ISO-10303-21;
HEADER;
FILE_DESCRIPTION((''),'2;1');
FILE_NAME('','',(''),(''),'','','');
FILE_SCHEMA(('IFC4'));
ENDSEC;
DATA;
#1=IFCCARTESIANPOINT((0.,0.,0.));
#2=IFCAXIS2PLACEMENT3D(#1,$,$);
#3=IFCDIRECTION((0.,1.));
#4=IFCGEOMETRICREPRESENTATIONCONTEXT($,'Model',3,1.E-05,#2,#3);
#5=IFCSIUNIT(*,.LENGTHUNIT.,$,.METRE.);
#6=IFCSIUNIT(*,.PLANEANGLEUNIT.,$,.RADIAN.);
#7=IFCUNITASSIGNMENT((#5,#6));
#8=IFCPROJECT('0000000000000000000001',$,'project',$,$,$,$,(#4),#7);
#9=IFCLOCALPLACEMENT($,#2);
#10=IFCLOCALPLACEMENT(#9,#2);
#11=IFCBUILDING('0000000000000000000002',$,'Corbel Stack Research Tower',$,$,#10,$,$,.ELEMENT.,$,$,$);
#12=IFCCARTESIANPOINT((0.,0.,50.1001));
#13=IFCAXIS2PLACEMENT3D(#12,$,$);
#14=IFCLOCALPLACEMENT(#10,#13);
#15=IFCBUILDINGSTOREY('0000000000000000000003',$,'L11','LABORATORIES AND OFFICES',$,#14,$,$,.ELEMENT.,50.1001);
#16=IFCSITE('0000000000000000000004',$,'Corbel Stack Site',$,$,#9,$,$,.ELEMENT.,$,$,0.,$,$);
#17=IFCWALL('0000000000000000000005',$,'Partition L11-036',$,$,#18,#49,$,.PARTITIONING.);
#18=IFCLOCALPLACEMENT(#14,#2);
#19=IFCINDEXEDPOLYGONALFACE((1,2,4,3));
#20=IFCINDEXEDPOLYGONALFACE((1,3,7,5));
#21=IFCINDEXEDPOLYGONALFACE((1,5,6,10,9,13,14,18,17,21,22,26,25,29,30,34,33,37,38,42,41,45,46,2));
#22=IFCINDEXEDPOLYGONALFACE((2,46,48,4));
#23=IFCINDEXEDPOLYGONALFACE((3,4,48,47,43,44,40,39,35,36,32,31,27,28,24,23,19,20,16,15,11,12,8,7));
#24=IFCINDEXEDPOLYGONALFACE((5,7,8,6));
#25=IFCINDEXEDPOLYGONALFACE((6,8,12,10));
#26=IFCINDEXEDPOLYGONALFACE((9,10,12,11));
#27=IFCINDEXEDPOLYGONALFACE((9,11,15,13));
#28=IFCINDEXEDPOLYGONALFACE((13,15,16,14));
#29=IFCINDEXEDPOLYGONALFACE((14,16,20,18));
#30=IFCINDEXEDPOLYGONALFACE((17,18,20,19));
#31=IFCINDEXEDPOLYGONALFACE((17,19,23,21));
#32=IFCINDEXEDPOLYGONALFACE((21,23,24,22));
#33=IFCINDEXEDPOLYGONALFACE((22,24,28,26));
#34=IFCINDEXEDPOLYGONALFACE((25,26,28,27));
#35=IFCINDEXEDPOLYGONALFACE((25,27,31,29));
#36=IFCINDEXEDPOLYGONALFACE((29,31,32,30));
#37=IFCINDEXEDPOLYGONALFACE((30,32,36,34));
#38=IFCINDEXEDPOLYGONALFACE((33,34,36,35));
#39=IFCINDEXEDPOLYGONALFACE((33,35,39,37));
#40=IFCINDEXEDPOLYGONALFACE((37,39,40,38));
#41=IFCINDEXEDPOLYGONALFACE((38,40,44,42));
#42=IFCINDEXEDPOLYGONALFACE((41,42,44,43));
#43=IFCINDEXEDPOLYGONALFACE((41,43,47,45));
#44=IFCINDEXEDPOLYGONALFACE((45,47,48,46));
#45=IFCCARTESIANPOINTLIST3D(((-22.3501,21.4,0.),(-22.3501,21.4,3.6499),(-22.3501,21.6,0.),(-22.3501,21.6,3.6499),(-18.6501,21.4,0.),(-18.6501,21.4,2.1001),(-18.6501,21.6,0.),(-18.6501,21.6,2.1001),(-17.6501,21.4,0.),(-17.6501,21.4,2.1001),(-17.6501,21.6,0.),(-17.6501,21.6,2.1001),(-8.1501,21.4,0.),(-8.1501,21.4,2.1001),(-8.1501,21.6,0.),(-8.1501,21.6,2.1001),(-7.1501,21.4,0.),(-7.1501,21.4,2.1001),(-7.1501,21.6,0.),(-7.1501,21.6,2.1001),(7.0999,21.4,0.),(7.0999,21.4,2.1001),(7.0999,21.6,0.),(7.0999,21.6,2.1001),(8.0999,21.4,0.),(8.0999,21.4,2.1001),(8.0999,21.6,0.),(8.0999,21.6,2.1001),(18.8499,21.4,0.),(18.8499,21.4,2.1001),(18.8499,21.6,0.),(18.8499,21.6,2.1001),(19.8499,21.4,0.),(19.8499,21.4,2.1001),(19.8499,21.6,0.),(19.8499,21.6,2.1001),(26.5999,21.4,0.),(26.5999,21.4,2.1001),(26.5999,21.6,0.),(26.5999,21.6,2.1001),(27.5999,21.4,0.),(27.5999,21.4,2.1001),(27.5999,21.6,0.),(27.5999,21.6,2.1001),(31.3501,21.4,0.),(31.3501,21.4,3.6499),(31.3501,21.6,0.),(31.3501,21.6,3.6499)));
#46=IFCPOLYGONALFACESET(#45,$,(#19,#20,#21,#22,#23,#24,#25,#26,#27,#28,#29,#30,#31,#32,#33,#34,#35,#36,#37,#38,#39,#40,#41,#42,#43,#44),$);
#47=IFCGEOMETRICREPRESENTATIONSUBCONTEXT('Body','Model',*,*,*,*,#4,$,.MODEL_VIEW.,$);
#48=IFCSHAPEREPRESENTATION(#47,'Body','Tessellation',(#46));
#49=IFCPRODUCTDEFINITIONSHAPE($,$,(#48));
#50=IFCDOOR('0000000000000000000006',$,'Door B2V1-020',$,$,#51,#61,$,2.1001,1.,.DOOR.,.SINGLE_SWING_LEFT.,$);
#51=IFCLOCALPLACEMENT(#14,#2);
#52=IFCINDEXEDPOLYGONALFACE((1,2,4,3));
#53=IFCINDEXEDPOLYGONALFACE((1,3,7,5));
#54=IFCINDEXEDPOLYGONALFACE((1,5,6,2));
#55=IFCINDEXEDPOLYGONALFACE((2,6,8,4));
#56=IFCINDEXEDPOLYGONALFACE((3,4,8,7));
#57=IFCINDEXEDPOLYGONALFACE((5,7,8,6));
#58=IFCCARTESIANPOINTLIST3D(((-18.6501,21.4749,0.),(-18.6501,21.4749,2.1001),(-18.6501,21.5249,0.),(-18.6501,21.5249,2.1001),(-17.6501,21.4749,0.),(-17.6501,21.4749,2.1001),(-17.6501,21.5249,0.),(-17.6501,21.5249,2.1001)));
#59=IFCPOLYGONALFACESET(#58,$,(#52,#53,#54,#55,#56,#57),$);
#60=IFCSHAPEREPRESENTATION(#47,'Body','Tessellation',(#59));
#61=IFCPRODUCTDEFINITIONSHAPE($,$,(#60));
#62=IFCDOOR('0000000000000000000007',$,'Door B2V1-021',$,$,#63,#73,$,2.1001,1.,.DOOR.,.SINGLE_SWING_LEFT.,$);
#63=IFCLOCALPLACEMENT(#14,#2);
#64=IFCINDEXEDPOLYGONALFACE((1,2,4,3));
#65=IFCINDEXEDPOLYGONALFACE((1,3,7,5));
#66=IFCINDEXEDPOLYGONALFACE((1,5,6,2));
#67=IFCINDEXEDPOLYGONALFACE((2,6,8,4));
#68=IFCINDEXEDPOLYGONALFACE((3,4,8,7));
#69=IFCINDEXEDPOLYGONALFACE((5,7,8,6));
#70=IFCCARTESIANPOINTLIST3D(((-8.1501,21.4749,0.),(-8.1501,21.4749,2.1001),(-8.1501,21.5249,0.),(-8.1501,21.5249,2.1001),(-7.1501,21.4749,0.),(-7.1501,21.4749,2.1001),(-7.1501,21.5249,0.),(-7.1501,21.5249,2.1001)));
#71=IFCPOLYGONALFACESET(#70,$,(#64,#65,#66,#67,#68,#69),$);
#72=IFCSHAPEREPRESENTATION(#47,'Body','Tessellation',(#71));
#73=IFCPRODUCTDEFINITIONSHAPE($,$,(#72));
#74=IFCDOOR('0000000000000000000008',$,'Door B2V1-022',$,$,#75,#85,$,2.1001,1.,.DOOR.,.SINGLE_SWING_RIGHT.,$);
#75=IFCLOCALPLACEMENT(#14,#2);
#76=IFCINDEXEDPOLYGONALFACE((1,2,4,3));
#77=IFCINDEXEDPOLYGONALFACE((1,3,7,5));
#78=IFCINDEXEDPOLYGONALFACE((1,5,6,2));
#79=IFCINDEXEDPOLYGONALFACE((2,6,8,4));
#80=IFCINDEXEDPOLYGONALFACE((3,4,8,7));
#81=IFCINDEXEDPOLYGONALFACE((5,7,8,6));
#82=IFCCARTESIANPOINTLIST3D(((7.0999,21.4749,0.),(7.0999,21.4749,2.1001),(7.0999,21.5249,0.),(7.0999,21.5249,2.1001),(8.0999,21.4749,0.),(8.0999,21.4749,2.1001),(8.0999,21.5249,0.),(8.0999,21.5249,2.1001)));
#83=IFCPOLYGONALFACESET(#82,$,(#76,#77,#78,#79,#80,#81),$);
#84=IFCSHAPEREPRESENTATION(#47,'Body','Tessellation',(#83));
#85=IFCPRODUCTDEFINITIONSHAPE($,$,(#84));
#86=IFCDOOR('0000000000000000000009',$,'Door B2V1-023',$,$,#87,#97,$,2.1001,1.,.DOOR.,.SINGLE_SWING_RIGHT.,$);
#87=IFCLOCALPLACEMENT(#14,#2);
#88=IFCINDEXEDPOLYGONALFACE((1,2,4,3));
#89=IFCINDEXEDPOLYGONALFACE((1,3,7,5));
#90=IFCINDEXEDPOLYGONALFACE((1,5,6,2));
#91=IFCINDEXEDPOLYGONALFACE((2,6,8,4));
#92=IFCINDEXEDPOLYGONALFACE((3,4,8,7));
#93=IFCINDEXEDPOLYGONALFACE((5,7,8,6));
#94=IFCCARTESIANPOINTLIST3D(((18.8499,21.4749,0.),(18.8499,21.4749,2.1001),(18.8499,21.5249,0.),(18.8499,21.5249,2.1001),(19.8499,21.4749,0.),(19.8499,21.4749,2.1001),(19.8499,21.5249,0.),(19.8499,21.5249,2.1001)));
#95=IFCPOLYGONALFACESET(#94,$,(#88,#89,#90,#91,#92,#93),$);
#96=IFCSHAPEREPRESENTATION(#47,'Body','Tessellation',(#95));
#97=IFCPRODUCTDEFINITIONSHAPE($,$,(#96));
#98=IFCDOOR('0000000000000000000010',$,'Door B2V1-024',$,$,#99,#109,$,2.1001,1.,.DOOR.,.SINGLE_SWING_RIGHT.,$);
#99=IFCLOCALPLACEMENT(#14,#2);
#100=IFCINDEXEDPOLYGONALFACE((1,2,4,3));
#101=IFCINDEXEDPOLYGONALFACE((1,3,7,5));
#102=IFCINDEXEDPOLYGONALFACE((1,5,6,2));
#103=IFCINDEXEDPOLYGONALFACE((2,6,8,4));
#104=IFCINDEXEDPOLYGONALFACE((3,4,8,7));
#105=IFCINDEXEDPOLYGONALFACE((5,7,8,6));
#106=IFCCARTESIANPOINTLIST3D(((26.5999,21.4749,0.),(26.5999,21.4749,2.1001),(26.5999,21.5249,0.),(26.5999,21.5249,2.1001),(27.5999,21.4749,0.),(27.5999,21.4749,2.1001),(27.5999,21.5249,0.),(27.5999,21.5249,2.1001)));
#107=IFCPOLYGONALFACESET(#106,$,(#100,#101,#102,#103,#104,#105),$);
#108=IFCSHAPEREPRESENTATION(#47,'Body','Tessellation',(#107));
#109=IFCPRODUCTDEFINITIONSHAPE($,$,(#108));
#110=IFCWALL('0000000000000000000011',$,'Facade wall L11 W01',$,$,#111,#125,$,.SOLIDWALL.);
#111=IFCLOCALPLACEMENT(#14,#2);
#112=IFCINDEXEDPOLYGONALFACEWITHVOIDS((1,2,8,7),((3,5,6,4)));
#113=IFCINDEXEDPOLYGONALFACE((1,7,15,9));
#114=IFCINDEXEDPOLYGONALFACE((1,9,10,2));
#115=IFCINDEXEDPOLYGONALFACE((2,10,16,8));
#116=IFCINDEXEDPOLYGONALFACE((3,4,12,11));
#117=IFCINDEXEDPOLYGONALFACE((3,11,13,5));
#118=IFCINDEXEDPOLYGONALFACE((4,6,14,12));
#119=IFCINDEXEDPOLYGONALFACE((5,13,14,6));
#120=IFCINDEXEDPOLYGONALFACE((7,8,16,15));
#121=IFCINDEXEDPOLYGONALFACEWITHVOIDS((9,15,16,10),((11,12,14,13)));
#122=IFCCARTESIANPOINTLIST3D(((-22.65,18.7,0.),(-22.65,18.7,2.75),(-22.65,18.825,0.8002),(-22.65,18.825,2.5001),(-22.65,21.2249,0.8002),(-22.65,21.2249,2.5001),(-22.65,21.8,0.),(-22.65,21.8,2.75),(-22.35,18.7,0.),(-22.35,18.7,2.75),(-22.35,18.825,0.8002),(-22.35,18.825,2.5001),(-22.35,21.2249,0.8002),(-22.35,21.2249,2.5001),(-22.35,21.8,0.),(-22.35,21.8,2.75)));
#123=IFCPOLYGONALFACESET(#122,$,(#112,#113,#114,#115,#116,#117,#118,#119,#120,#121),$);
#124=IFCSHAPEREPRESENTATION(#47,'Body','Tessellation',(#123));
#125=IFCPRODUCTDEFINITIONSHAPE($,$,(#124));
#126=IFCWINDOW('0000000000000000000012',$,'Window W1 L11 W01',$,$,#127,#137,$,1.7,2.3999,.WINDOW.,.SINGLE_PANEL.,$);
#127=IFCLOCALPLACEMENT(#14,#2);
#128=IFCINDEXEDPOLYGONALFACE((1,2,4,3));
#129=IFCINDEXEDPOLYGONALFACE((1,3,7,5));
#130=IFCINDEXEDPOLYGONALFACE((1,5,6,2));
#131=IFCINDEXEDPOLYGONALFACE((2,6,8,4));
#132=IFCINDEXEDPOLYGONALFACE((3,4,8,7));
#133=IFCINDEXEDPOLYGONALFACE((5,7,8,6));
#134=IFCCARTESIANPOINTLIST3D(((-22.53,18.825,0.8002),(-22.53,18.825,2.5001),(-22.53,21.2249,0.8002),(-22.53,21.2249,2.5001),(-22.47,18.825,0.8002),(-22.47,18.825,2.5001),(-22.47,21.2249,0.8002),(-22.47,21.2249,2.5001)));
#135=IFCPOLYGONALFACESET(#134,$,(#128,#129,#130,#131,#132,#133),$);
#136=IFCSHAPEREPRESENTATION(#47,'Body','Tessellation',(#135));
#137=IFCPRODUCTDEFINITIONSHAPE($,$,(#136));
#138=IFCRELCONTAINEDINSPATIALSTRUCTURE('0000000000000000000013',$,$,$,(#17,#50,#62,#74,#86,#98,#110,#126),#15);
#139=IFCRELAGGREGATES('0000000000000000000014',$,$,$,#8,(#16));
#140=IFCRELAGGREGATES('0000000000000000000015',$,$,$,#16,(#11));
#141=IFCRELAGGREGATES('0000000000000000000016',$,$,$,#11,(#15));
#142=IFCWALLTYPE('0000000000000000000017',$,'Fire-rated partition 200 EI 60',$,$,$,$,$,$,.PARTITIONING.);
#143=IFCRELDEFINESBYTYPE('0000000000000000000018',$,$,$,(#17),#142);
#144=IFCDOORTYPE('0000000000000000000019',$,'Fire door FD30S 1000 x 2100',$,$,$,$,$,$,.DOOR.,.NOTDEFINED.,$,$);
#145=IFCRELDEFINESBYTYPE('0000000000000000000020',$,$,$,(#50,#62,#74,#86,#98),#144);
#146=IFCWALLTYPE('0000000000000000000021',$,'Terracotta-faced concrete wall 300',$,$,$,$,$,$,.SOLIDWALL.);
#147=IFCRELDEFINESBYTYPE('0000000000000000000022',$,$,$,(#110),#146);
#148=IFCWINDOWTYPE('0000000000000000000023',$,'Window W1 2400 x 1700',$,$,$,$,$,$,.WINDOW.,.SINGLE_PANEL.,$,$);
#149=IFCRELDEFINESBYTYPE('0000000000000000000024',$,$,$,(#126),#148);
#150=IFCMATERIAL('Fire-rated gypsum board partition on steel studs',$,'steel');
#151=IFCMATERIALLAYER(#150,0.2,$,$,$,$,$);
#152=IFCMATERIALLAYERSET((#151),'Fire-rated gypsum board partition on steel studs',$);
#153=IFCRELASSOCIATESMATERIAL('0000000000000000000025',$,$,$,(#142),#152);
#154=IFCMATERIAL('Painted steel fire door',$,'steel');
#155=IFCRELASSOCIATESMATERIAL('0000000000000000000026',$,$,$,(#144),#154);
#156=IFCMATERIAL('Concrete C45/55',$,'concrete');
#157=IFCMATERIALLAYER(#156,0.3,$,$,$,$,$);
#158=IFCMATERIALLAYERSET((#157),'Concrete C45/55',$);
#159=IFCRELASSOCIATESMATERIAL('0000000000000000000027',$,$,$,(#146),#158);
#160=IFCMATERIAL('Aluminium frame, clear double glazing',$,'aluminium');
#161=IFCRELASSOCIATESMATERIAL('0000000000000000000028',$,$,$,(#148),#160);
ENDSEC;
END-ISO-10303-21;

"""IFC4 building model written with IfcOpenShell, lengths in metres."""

from ifc_helpers import new_model, si_unit, direction, frame, frame_2d, origin, place, context, subcontext, project, spatial, rectangle, extrude, material, layer, layer_set, type_object, element, fill, save


model = new_model("IFC4")

# Units and contexts
model_context = context("Model", 3, precision=1e-05, world=origin(), true_north=direction((0.0, 1.0)))
body_context = subcontext(model_context, "Body", "Model", "MODEL_VIEW")
ifc_project = project(units=[si_unit("LENGTHUNIT", "METRE"), si_unit("PLANEANGLEUNIT", "RADIAN")], contexts=[model_context])

# Site, building, storey
site_placement = place(None, origin())
site = spatial("IfcSite", under=ifc_project, at=site_placement, Name="Corbel Stack Site", CompositionType="ELEMENT", RefElevation=0.0)
building_placement = place(site_placement, origin())
building = spatial("IfcBuilding", under=site, at=building_placement, Name="Corbel Stack Research Tower", CompositionType="ELEMENT")
storey_placement = place(building_placement, frame((0.0, 0.0, 50.1001)))
storey = spatial("IfcBuildingStorey", under=building, at=storey_placement, Name="L11", Description="LABORATORIES AND OFFICES", CompositionType="ELEMENT", Elevation=50.1001)

# Shared definitions
ifc_material_1 = material(Name="Fire-rated gypsum board partition on steel studs", Category="steel")
ifc_layer_1 = layer(ifc_material_1, 0.2)
ifc_layer_set_1 = layer_set([ifc_layer_1], Name="Fire-rated gypsum board partition on steel studs")
wall_type_1 = type_object("IfcWallType", Name="Fire-rated partition 200 EI 60", PredefinedType="PARTITIONING", material=ifc_layer_set_1)
ifc_material_2 = material(Name="Painted steel fire door", Category="steel")
door_type_1 = type_object("IfcDoorType", Name="Fire door FD30S 1000 x 2100", OperationType="NOTDEFINED", PredefinedType="DOOR", material=ifc_material_2)

# Wall, openings, doors
wall_1_placement = place(storey_placement, frame((-22.3501, 21.5, 0.0), z_axis=(0.0, 0.0, 1.0), x_axis=(1.0, 0.0, 0.0)))
wall_1 = element("IfcWall", 1, at=wall_1_placement, inside=storey, type_object=wall_type_1, Name="Partition L11-036", PredefinedType="PARTITIONING", context=body_context, shape_type="SweptSolid", body=[
    extrude(rectangle(XDim=53.7002, YDim=0.2, at=frame_2d((26.8501, 0.0))), origin(), (0.0, 0.0, 1.0), 3.6499),
])
opening_1_placement = place(wall_1_placement, frame((3.7, 0.0, 0.0)))
opening_1 = element("IfcOpeningElement", 2, at=opening_1_placement, cuts=wall_1, PredefinedType="OPENING", context=body_context, shape_type="SweptSolid", body=[
    extrude(rectangle(XDim=1.0, YDim=2.1001, at=frame_2d((0.5, 1.05))), frame((0.0, 0.1099, 0.0), z_axis=(0.0, -1.0, 0.0), x_axis=(1.0, 0.0, 0.0)), (0.0, 0.0, 1.0), 0.22),
])
opening_2_placement = place(wall_1_placement, frame((14.2, 0.0, 0.0)))
opening_2 = element("IfcOpeningElement", 3, at=opening_2_placement, cuts=wall_1, PredefinedType="OPENING", context=body_context, shape_type="SweptSolid", body=[
    extrude(rectangle(XDim=1.0, YDim=2.1001, at=frame_2d((0.5, 1.05))), frame((0.0, 0.1099, 0.0), z_axis=(0.0, -1.0, 0.0), x_axis=(1.0, 0.0, 0.0)), (0.0, 0.0, 1.0), 0.22),
])
opening_3_placement = place(wall_1_placement, frame((29.45, 0.0, 0.0)))
opening_3 = element("IfcOpeningElement", 4, at=opening_3_placement, cuts=wall_1, PredefinedType="OPENING", context=body_context, shape_type="SweptSolid", body=[
    extrude(rectangle(XDim=1.0, YDim=2.1001, at=frame_2d((0.5, 1.05))), frame((0.0, 0.1099, 0.0), z_axis=(0.0, -1.0, 0.0), x_axis=(1.0, 0.0, 0.0)), (0.0, 0.0, 1.0), 0.22),
])
opening_4_placement = place(wall_1_placement, frame((41.2, 0.0, 0.0)))
opening_4 = element("IfcOpeningElement", 5, at=opening_4_placement, cuts=wall_1, PredefinedType="OPENING", context=body_context, shape_type="SweptSolid", body=[
    extrude(rectangle(XDim=1.0, YDim=2.1001, at=frame_2d((0.5, 1.05))), frame((0.0, 0.1099, 0.0), z_axis=(0.0, -1.0, 0.0), x_axis=(1.0, 0.0, 0.0)), (0.0, 0.0, 1.0), 0.22),
])
opening_5_placement = place(wall_1_placement, frame((48.95, 0.0, 0.0)))
opening_5 = element("IfcOpeningElement", 6, at=opening_5_placement, cuts=wall_1, PredefinedType="OPENING", context=body_context, shape_type="SweptSolid", body=[
    extrude(rectangle(XDim=1.0, YDim=2.1001, at=frame_2d((0.5, 1.05))), frame((0.0, 0.1099, 0.0), z_axis=(0.0, -1.0, 0.0), x_axis=(1.0, 0.0, 0.0)), (0.0, 0.0, 1.0), 0.22),
])
door_1_placement = place(opening_1_placement, origin())
door_1 = element("IfcDoor", 7, at=door_1_placement, inside=storey, type_object=door_type_1, Name="Door B2V1-020", OperationType="SINGLE_SWING_LEFT", OverallHeight=2.1001, OverallWidth=1.0, PredefinedType="DOOR", context=body_context, shape_type="SweptSolid", body=[
    extrude(rectangle(XDim=1.0, YDim=2.1001, at=frame_2d((0.5, 1.05))), frame((0.0, 0.0249, 0.0), z_axis=(0.0, -1.0, 0.0), x_axis=(1.0, 0.0, 0.0)), (0.0, 0.0, 1.0), 0.05),
])
fill(opening_1, door_1)
door_2_placement = place(opening_2_placement, origin())
door_2 = element("IfcDoor", 8, at=door_2_placement, inside=storey, type_object=door_type_1, Name="Door B2V1-021", OperationType="SINGLE_SWING_LEFT", OverallHeight=2.1001, OverallWidth=1.0, PredefinedType="DOOR", context=body_context, shape_type="SweptSolid", body=[
    extrude(rectangle(XDim=1.0, YDim=2.1001, at=frame_2d((0.5, 1.05))), frame((0.0, 0.0249, 0.0), z_axis=(0.0, -1.0, 0.0), x_axis=(1.0, 0.0, 0.0)), (0.0, 0.0, 1.0), 0.05),
])
fill(opening_2, door_2)
door_3_placement = place(opening_3_placement, origin())
door_3 = element("IfcDoor", 9, at=door_3_placement, inside=storey, type_object=door_type_1, Name="Door B2V1-022", OperationType="SINGLE_SWING_RIGHT", OverallHeight=2.1001, OverallWidth=1.0, PredefinedType="DOOR", context=body_context, shape_type="SweptSolid", body=[
    extrude(rectangle(XDim=1.0, YDim=2.1001, at=frame_2d((0.5, 1.05))), frame((0.0, 0.0249, 0.0), z_axis=(0.0, -1.0, 0.0), x_axis=(1.0, 0.0, 0.0)), (0.0, 0.0, 1.0), 0.05),
])
fill(opening_3, door_3)
door_4_placement = place(opening_4_placement, origin())
door_4 = element("IfcDoor", 10, at=door_4_placement, inside=storey, type_object=door_type_1, Name="Door B2V1-023", OperationType="SINGLE_SWING_RIGHT", OverallHeight=2.1001, OverallWidth=1.0, PredefinedType="DOOR", context=body_context, shape_type="SweptSolid", body=[
    extrude(rectangle(XDim=1.0, YDim=2.1001, at=frame_2d((0.5, 1.05))), frame((0.0, 0.0249, 0.0), z_axis=(0.0, -1.0, 0.0), x_axis=(1.0, 0.0, 0.0)), (0.0, 0.0, 1.0), 0.05),
])
fill(opening_4, door_4)
door_5_placement = place(opening_5_placement, origin())
door_5 = element("IfcDoor", 11, at=door_5_placement, inside=storey, type_object=door_type_1, Name="Door B2V1-024", OperationType="SINGLE_SWING_RIGHT", OverallHeight=2.1001, OverallWidth=1.0, PredefinedType="DOOR", context=body_context, shape_type="SweptSolid", body=[
    extrude(rectangle(XDim=1.0, YDim=2.1001, at=frame_2d((0.5, 1.05))), frame((0.0, 0.0249, 0.0), z_axis=(0.0, -1.0, 0.0), x_axis=(1.0, 0.0, 0.0)), (0.0, 0.0, 1.0), 0.05),
])
fill(opening_5, door_5)

# Wall, opening, window
ifc_material_3 = material(Name="Concrete C45/55", Category="concrete")
ifc_layer_2 = layer(ifc_material_3, 0.3)
ifc_layer_set_2 = layer_set([ifc_layer_2], Name="Concrete C45/55")
wall_type_2 = type_object("IfcWallType", Name="Terracotta-faced concrete wall 300", PredefinedType="SOLIDWALL", material=ifc_layer_set_2)
wall_2_placement = place(storey_placement, frame((-22.5, 18.7, 0.0), z_axis=(0.0, 0.0, 1.0), x_axis=(0.0, 1.0, 0.0)))
wall_2 = element("IfcWall", 12, at=wall_2_placement, inside=storey, type_object=wall_type_2, Name="Facade wall L11 W01", PredefinedType="SOLIDWALL", context=body_context, shape_type="SweptSolid", body=[
    extrude(rectangle(XDim=3.1001, YDim=0.3, at=frame_2d((1.55, 0.0))), origin(), (0.0, 0.0, 1.0), 2.75),
])
opening_6_placement = place(wall_2_placement, frame((0.125, 0.0, 0.8)))
opening_6 = element("IfcOpeningElement", 13, at=opening_6_placement, cuts=wall_2, PredefinedType="OPENING", context=body_context, shape_type="SweptSolid", body=[
    extrude(rectangle(XDim=2.3999, YDim=1.7, at=frame_2d((1.2, 0.8501))), frame((0.0, 0.1599, 0.0), z_axis=(0.0, -1.0, 0.0), x_axis=(1.0, 0.0, 0.0)), (0.0, 0.0, 1.0), 0.3201),
])
ifc_material_4 = material(Name="Aluminium frame, clear double glazing", Category="aluminium")
window_type = type_object("IfcWindowType", Name="Window W1 2400 x 1700", PartitioningType="SINGLE_PANEL", PredefinedType="WINDOW", material=ifc_material_4)
window_placement = place(opening_6_placement, origin())
window = element("IfcWindow", 14, at=window_placement, inside=storey, type_object=window_type, Name="Window W1 L11 W01", OverallHeight=1.7, OverallWidth=2.3999, PartitioningType="SINGLE_PANEL", PredefinedType="WINDOW", context=body_context, shape_type="SweptSolid", body=[
    extrude(rectangle(XDim=2.3999, YDim=1.7, at=frame_2d((1.2, 0.8501))), frame((0.0, 0.03, 0.0), z_axis=(0.0, -1.0, 0.0), x_axis=(1.0, 0.0, 0.0)), (0.0, 0.0, 1.0), 0.0601),
])
fill(opening_6, window)

save(model, "model.ifc")
